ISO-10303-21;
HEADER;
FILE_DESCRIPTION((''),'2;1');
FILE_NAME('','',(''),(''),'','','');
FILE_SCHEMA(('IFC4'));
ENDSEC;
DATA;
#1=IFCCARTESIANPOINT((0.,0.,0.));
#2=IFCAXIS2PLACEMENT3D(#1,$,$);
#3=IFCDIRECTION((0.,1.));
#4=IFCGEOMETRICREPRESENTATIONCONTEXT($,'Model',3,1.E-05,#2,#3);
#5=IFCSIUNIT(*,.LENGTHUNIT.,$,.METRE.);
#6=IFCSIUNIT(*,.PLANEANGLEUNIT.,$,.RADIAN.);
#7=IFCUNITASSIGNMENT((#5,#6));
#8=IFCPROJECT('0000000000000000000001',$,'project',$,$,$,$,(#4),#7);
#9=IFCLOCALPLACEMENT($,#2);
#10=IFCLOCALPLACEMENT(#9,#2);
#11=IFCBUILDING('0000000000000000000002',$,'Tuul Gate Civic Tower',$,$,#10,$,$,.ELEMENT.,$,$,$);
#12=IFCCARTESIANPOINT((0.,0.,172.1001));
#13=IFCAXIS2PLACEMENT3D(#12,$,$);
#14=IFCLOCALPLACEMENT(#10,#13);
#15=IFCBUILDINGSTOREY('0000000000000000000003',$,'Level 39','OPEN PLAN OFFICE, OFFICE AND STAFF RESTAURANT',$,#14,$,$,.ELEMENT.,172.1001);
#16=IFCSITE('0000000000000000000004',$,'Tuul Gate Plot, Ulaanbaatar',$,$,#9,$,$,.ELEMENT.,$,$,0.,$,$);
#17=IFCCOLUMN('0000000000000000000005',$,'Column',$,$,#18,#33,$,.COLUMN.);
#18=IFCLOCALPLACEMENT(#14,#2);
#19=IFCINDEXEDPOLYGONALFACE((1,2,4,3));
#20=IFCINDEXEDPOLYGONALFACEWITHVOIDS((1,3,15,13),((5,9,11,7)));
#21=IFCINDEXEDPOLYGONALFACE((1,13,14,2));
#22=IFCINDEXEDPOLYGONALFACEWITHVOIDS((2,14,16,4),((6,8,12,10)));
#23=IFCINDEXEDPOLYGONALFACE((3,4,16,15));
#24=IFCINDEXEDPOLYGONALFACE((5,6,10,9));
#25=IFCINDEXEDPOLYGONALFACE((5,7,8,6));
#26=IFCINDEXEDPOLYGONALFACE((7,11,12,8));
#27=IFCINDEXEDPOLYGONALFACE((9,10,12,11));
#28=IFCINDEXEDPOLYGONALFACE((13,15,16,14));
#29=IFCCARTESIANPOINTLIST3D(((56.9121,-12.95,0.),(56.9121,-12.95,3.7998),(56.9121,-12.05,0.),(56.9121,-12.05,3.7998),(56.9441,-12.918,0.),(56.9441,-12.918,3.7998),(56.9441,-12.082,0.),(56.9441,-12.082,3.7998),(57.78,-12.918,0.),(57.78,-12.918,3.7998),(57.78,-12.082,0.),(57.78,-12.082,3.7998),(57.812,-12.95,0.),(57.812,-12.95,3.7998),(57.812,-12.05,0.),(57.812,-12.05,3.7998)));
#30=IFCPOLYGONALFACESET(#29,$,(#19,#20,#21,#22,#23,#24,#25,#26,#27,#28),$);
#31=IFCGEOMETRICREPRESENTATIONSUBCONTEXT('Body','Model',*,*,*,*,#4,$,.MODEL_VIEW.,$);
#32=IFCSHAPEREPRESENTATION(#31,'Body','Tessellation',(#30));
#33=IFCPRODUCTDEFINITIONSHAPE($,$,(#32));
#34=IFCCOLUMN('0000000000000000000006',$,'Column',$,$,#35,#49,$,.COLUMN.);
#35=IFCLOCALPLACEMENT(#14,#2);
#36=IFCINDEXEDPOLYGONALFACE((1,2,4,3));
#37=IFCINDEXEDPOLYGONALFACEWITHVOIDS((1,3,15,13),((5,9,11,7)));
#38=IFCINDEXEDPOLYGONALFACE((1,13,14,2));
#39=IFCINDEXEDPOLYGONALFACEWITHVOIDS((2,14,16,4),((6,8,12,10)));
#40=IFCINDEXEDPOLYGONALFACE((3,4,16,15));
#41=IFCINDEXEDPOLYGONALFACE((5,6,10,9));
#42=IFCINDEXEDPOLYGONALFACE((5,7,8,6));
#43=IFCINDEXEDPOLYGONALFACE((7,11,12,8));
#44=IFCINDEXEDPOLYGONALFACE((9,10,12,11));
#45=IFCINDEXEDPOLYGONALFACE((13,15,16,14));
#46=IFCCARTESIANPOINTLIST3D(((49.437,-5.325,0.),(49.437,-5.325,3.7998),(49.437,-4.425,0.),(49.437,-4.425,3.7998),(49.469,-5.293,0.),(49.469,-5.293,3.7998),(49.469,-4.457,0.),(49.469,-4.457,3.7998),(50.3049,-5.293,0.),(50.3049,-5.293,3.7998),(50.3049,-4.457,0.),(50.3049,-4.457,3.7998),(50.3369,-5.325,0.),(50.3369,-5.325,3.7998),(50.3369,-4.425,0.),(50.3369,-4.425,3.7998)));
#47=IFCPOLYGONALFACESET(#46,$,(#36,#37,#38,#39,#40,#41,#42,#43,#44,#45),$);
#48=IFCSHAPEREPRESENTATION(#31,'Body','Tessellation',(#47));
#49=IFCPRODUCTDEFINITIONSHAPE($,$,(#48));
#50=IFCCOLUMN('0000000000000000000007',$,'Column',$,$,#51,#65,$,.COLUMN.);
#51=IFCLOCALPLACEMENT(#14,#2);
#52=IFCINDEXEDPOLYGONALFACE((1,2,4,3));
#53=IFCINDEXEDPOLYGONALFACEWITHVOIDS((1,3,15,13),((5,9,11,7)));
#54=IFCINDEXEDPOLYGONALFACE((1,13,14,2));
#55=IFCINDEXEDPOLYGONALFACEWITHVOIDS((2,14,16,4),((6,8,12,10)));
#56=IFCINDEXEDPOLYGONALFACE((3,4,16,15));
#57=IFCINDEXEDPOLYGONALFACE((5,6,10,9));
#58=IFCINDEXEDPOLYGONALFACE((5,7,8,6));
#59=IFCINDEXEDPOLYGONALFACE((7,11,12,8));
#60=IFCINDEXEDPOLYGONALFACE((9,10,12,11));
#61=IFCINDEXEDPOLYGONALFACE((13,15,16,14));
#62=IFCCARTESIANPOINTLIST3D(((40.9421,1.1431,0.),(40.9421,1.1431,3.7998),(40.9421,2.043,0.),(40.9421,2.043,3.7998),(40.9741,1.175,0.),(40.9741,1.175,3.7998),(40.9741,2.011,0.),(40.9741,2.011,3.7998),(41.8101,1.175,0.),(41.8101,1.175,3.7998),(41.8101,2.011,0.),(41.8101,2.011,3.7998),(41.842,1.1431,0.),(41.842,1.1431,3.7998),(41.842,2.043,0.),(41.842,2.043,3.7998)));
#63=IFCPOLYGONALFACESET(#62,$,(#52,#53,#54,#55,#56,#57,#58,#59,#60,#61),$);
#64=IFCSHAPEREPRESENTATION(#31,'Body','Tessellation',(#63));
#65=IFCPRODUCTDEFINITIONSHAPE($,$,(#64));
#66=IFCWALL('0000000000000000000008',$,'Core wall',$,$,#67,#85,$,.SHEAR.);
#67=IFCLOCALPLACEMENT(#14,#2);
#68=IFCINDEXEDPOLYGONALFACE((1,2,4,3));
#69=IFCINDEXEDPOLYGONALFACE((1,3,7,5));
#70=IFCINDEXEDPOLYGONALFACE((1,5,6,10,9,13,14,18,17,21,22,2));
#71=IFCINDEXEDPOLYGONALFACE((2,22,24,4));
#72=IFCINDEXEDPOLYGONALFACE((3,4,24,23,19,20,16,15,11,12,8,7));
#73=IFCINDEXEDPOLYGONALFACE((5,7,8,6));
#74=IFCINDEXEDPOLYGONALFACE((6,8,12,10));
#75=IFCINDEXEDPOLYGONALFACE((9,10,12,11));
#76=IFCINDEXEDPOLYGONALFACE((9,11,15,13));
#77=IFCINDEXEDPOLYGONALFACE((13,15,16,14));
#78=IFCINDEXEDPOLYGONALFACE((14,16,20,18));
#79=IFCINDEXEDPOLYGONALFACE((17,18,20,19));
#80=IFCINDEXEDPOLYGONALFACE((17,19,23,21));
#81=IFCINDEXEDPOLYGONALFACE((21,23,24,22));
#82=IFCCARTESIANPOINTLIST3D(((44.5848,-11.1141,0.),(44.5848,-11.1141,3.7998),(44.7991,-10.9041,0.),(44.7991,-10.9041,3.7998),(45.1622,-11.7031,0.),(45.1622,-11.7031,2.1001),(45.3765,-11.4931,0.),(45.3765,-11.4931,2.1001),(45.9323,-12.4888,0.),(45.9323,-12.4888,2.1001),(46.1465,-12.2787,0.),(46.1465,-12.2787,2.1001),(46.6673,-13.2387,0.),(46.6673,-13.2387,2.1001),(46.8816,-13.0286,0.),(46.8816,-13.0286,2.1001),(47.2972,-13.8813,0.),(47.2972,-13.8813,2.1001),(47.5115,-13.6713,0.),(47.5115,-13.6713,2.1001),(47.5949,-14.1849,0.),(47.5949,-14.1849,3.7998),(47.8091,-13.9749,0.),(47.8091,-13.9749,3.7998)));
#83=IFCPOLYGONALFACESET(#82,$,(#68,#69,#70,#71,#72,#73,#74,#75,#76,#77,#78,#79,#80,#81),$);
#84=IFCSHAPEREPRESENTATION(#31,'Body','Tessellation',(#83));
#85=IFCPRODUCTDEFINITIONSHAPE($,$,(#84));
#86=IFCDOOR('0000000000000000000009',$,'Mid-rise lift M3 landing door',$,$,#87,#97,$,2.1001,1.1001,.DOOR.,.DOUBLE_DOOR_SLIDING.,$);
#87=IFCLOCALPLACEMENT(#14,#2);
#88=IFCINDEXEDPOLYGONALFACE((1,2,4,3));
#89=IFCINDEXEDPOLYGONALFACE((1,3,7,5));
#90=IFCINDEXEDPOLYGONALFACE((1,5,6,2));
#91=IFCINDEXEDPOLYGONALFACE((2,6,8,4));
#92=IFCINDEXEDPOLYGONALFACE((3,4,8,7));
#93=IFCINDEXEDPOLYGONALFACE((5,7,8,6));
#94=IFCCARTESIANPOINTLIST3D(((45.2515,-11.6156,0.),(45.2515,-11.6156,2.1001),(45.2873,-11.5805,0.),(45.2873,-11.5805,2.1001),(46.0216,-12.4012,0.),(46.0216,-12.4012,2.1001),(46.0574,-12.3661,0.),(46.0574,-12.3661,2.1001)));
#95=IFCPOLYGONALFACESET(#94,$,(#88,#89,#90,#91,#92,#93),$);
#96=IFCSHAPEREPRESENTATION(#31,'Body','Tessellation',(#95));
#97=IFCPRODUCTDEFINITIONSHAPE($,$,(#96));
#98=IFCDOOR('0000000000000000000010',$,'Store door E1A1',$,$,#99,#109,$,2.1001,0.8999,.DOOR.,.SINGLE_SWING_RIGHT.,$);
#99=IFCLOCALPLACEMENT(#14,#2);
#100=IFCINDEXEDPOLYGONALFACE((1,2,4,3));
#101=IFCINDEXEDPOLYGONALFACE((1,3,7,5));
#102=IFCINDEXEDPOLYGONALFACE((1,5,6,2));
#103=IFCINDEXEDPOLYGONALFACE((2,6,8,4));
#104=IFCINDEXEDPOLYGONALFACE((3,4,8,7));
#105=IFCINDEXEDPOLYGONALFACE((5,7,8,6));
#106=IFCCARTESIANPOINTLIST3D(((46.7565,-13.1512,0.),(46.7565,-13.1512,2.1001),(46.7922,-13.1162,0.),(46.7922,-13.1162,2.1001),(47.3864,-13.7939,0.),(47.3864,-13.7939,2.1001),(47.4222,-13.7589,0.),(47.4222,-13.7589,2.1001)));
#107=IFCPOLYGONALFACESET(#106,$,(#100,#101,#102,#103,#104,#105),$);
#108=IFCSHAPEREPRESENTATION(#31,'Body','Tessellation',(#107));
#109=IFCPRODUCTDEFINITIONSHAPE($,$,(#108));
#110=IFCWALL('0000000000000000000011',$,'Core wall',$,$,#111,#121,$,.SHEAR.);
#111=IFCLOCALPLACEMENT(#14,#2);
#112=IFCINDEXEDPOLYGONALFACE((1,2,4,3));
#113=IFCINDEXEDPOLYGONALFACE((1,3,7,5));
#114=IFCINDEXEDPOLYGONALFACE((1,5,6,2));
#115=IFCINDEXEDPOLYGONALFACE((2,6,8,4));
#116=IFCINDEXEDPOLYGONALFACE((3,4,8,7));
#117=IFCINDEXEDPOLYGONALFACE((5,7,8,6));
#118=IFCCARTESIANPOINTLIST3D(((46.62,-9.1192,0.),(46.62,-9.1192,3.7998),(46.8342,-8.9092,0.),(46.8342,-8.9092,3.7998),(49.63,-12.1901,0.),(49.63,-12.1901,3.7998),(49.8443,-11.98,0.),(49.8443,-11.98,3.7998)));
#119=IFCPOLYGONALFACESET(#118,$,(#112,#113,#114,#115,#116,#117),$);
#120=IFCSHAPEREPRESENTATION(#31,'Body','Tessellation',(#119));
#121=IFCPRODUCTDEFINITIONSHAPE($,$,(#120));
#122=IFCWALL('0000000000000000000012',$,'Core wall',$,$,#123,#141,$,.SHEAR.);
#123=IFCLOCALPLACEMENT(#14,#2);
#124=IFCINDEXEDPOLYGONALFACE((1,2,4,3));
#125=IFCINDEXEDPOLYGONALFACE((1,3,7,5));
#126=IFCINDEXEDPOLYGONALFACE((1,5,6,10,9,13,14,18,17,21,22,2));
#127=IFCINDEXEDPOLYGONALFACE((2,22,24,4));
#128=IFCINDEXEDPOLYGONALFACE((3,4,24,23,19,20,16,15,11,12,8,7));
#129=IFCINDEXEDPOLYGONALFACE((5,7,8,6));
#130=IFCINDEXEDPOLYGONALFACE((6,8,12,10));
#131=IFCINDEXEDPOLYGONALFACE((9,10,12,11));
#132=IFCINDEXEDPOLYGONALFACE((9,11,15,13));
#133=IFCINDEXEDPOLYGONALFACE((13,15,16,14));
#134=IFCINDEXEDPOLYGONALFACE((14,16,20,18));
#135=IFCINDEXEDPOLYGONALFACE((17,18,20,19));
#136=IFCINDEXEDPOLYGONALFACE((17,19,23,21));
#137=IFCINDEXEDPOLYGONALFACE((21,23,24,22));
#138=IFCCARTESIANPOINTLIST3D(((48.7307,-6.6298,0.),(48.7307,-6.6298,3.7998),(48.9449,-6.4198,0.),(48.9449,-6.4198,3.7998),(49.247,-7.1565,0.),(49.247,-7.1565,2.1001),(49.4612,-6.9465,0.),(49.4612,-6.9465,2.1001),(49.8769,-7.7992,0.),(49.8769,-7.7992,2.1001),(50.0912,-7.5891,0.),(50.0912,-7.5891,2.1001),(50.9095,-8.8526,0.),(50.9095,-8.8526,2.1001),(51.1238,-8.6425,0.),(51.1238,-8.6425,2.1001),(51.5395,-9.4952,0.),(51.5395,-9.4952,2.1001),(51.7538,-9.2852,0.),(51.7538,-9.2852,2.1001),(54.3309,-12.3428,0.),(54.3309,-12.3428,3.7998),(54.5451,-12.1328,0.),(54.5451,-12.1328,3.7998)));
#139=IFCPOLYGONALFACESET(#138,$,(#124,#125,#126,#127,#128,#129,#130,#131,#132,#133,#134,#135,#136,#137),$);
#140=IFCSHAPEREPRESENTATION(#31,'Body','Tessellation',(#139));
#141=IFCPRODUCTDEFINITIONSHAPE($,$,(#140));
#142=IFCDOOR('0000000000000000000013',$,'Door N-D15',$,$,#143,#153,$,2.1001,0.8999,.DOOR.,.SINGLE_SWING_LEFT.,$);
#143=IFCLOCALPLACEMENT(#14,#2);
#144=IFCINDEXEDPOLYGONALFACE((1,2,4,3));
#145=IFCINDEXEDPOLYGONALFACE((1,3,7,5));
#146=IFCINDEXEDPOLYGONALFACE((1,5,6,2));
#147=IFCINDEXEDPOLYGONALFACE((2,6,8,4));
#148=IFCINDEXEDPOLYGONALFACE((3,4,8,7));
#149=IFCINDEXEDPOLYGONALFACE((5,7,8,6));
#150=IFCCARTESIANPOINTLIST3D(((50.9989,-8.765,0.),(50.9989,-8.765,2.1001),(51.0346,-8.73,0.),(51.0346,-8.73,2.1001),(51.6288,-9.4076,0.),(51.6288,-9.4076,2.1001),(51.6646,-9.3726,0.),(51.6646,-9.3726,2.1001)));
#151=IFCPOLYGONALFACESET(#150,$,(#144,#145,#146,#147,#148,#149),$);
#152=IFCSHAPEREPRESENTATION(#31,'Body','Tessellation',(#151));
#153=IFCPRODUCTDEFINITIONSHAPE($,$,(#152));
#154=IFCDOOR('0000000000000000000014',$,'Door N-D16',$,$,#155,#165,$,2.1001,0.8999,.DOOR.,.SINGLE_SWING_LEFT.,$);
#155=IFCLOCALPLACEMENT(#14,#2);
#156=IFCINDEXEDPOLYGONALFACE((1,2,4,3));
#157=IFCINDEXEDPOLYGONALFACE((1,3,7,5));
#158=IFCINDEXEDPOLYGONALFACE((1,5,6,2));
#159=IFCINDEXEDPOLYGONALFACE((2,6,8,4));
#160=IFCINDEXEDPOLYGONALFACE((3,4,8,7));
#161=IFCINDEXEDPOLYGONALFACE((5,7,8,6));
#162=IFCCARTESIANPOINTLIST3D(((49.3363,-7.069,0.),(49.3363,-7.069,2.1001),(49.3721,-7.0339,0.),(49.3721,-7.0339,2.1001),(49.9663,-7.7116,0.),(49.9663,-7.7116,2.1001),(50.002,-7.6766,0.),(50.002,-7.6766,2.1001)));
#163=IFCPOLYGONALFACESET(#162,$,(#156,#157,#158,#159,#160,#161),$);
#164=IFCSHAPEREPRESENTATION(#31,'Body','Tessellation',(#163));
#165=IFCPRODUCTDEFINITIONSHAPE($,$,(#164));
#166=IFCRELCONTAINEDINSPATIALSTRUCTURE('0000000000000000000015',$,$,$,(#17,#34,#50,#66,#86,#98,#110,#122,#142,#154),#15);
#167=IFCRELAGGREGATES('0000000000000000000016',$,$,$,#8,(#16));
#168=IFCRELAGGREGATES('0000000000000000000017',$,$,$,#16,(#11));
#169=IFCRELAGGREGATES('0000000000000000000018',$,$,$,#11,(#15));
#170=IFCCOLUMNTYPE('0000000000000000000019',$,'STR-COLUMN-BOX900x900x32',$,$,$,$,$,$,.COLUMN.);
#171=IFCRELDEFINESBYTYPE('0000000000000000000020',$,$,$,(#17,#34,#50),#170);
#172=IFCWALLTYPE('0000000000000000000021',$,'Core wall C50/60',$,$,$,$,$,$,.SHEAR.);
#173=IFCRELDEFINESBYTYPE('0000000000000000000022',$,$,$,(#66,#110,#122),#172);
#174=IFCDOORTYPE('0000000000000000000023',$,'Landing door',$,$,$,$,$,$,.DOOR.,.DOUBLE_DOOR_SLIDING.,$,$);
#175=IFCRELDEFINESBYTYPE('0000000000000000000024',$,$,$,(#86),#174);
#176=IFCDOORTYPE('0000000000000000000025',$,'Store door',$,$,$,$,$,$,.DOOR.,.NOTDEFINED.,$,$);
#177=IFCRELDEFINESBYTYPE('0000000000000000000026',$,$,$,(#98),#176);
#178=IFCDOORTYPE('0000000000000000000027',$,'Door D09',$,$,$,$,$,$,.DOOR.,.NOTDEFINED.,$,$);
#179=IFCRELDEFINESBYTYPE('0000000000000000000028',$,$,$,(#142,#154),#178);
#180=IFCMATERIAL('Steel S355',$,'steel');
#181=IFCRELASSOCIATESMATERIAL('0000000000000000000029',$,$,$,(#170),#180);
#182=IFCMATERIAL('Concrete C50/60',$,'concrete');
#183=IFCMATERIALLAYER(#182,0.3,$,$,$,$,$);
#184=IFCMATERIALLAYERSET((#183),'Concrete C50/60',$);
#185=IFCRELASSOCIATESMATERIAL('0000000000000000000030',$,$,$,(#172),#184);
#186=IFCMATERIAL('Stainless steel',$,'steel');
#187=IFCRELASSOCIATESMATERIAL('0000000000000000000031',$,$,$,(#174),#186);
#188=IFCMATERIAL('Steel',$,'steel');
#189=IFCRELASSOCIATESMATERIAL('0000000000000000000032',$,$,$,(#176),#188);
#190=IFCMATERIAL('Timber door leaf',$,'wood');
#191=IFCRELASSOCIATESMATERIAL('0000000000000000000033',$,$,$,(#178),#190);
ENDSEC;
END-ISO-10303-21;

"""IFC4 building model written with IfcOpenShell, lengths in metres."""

from ifc_helpers import new_model, si_unit, direction, frame, frame_2d, origin, origin_2d, place, context, subcontext, project, spatial, rectangle, hollow_rectangle, extrude, material, layer, layer_set, material_profile, profile_set, type_object, element, fill, save


model = new_model("IFC4")

# Units and contexts
model_context = context("Model", 3, precision=1e-05, world=origin(), true_north=direction((0.0, 1.0)))
body_context = subcontext(model_context, "Body", "Model", "MODEL_VIEW")
ifc_project = project(units=[si_unit("LENGTHUNIT", "METRE"), si_unit("PLANEANGLEUNIT", "RADIAN")], contexts=[model_context])

# Site, building, storey
site_placement = place(None, origin())
site = spatial("IfcSite", under=ifc_project, at=site_placement, Name="Tuul Gate Plot, Ulaanbaatar", CompositionType="ELEMENT", RefElevation=0.0)
building_placement = place(site_placement, origin())
building = spatial("IfcBuilding", under=site, at=building_placement, Name="Tuul Gate Civic Tower", CompositionType="ELEMENT")
storey_placement = place(building_placement, frame((0.0, 0.0, 172.1001)))
storey = spatial("IfcBuildingStorey", under=building, at=storey_placement, Name="Level 39", Description="OPEN PLAN OFFICE, OFFICE AND STAFF RESTAURANT", CompositionType="ELEMENT", Elevation=172.1001)

# Columns
ifc_material_1 = material(Name="Steel S355", Category="steel")
ifc_material_profile_1 = material_profile(ifc_material_1, hollow_rectangle(XDim=0.8999, YDim=0.8999, WallThickness=0.032, at=origin_2d()), Name="BOX900x900x32")
ifc_profile_set_1 = profile_set([ifc_material_profile_1], Name="Steel S355")
column_type = type_object("IfcColumnType", Name="STR-COLUMN-BOX900x900x32", PredefinedType="COLUMN", material=ifc_profile_set_1)
for number, where, z_axis, x_axis, name in (
    (1, (57.3621, -12.5, 0.0), (0.0, 0.0, 1.0), (1.0, 0.0, 0.0), "Column"),
    (2, (49.887, -4.875, 0.0), (0.0, 0.0, 1.0), (1.0, 0.0, 0.0), "Column"),
    (3, (41.3921, 1.593, 0.0), (0.0, 0.0, 1.0), (1.0, 0.0, 0.0), "Column"),
):
    element("IfcColumn", number, at=place(storey_placement, frame(where, z_axis=z_axis, x_axis=x_axis)), inside=storey, type_object=column_type, Name=name, PredefinedType="COLUMN", context=body_context, shape_type="SweptSolid", body=[
        extrude(hollow_rectangle(XDim=0.8999, YDim=0.8999, WallThickness=0.032, at=origin_2d()), origin(), (0.0, 0.0, 1.0), 3.7998),
    ])

# Wall, openings, doors
ifc_material_2 = material(Name="Concrete C50/60", Category="concrete")
ifc_layer_1 = layer(ifc_material_2, 0.3)
ifc_layer_set_1 = layer_set([ifc_layer_1], Name="Concrete C50/60")
wall_type_1 = type_object("IfcWallType", Name="Core wall C50/60", PredefinedType="SHEAR", material=ifc_layer_set_1)
wall_1_placement = place(storey_placement, frame((47.7019, -14.0798, 0.0), z_axis=(0.0, 0.0, 1.0), x_axis=(-0.700003, 0.71414, 0.0)))
wall_1 = element("IfcWall", 4, at=wall_1_placement, inside=storey, type_object=wall_type_1, Name="Core wall", PredefinedType="SHEAR", context=body_context, shape_type="SweptSolid", body=[
    extrude(rectangle(XDim=4.3, YDim=0.3, at=frame_2d((2.1499, 0.0))), origin(), (0.0, 0.0, 1.0), 3.7998),
])
opening_1_placement = place(wall_1_placement, frame((0.425, 0.0, 0.0)))
opening_1 = element("IfcOpeningElement", 5, at=opening_1_placement, cuts=wall_1, PredefinedType="OPENING", context=body_context, shape_type="SweptSolid", body=[
    extrude(rectangle(XDim=0.8999, YDim=2.1001, at=frame_2d((0.45, 1.05))), frame((0.0, 0.1602, 0.0), z_axis=(0.0, -1.0, 0.0), x_axis=(1.0, 0.0, 0.0)), (0.0, 0.0, 1.0), 0.3201),
])
opening_2_placement = place(wall_1_placement, frame((2.375, 0.0, 0.0)))
opening_2 = element("IfcOpeningElement", 6, at=opening_2_placement, cuts=wall_1, PredefinedType="OPENING", context=body_context, shape_type="SweptSolid", body=[
    extrude(rectangle(XDim=1.1001, YDim=2.1001, at=frame_2d((0.55, 1.05))), frame((0.0, 0.1602, 0.0), z_axis=(0.0, -1.0, 0.0), x_axis=(1.0, 0.0, 0.0)), (0.0, 0.0, 1.0), 0.3201),
])
ifc_material_3 = material(Name="Stainless steel", Category="steel")
door_type_1 = type_object("IfcDoorType", Name="Landing door", OperationType="DOUBLE_DOOR_SLIDING", PredefinedType="DOOR", material=ifc_material_3)
door_1_placement = place(opening_2_placement, origin())
door_1 = element("IfcDoor", 7, at=door_1_placement, inside=storey, type_object=door_type_1, Name="Mid-rise lift M3 landing door", OperationType="DOUBLE_DOOR_SLIDING", OverallHeight=2.1001, OverallWidth=1.1001, PredefinedType="DOOR", context=body_context, shape_type="SweptSolid", body=[
    extrude(rectangle(XDim=1.1001, YDim=2.1001, at=frame_2d((0.55, 1.05))), frame((0.0, 0.0249, 0.0), z_axis=(0.0, -1.0, 0.0), x_axis=(1.0, 0.0, 0.0)), (0.0, 0.0, 1.0), 0.05),
])
fill(opening_2, door_1)
ifc_material_4 = material(Name="Steel", Category="steel")
door_type_2 = type_object("IfcDoorType", Name="Store door", OperationType="NOTDEFINED", PredefinedType="DOOR", material=ifc_material_4)
door_2_placement = place(opening_1_placement, frame((0.8999, 0.0, 0.0), z_axis=(0.0, 0.0, 1.0), x_axis=(-1.0, 0.0, 0.0)))
door_2 = element("IfcDoor", 8, at=door_2_placement, inside=storey, type_object=door_type_2, Name="Store door E1A1", OperationType="SINGLE_SWING_RIGHT", OverallHeight=2.1001, OverallWidth=0.8999, PredefinedType="DOOR", context=body_context, shape_type="SweptSolid", body=[
    extrude(rectangle(XDim=0.8999, YDim=2.1001, at=frame_2d((0.45, 1.05))), frame((0.0, 0.0249, 0.0), z_axis=(0.0, -1.0, 0.0), x_axis=(1.0, 0.0, 0.0)), (0.0, 0.0, 1.0), 0.05),
])
fill(opening_1, door_2)

# Wall
wall_2_placement = place(storey_placement, frame((49.7371, -12.085, 0.0), z_axis=(0.0, 0.0, 1.0), x_axis=(-0.700003, 0.71414, 0.0)))
element("IfcWall", 9, at=wall_2_placement, inside=storey, type_object=wall_type_1, Name="Core wall", PredefinedType="SHEAR", context=body_context, shape_type="SweptSolid", body=[
    extrude(rectangle(XDim=4.3, YDim=0.3, at=frame_2d((2.1499, 0.0))), origin(), (0.0, 0.0, 1.0), 3.7998),
])

# Wall, openings, doors
wall_3_placement = place(storey_placement, frame((54.438, -12.2378, 0.0), z_axis=(0.0, 0.0, 1.0), x_axis=(-0.700022, 0.714121, 0.0)))
wall_3 = element("IfcWall", 10, at=wall_3_placement, inside=storey, type_object=wall_type_1, Name="Core wall", PredefinedType="SHEAR", context=body_context, shape_type="SweptSolid", body=[
    extrude(rectangle(XDim=8.0, YDim=0.3, at=frame_2d((4.0, 0.0))), origin(), (0.0, 0.0, 1.0), 3.7998),
])
opening_3_placement = place(wall_3_placement, frame((3.9875, 0.0, 0.0)))
opening_3 = element("IfcOpeningElement", 11, at=opening_3_placement, cuts=wall_3, PredefinedType="OPENING", context=body_context, shape_type="SweptSolid", body=[
    extrude(rectangle(XDim=0.8999, YDim=2.1001, at=frame_2d((0.45, 1.05))), frame((0.0, 0.1602, 0.0), z_axis=(0.0, -1.0, 0.0), x_axis=(1.0, 0.0, 0.0)), (0.0, 0.0, 1.0), 0.3201),
])
opening_4_placement = place(wall_3_placement, frame((6.3625, 0.0, 0.0)))
opening_4 = element("IfcOpeningElement", 12, at=opening_4_placement, cuts=wall_3, PredefinedType="OPENING", context=body_context, shape_type="SweptSolid", body=[
    extrude(rectangle(XDim=0.8999, YDim=2.1001, at=frame_2d((0.45, 1.05))), frame((0.0, 0.1602, 0.0), z_axis=(0.0, -1.0, 0.0), x_axis=(1.0, 0.0, 0.0)), (0.0, 0.0, 1.0), 0.3201),
])
ifc_material_5 = material(Name="Timber door leaf", Category="wood")
door_type_3 = type_object("IfcDoorType", Name="Door D09", OperationType="NOTDEFINED", PredefinedType="DOOR", material=ifc_material_5)
door_3_placement = place(opening_3_placement, origin())
door_3 = element("IfcDoor", 13, at=door_3_placement, inside=storey, type_object=door_type_3, Name="Door N-D15", OperationType="SINGLE_SWING_LEFT", OverallHeight=2.1001, OverallWidth=0.8999, PredefinedType="DOOR", context=body_context, shape_type="SweptSolid", body=[
    extrude(rectangle(XDim=0.8999, YDim=2.1001, at=frame_2d((0.45, 1.05))), frame((0.0, 0.0249, 0.0), z_axis=(0.0, -1.0, 0.0), x_axis=(1.0, 0.0, 0.0)), (0.0, 0.0, 1.0), 0.05),
])
fill(opening_3, door_3)
door_4_placement = place(opening_4_placement, origin())
door_4 = element("IfcDoor", 14, at=door_4_placement, inside=storey, type_object=door_type_3, Name="Door N-D16", OperationType="SINGLE_SWING_LEFT", OverallHeight=2.1001, OverallWidth=0.8999, PredefinedType="DOOR", context=body_context, shape_type="SweptSolid", body=[
    extrude(rectangle(XDim=0.8999, YDim=2.1001, at=frame_2d((0.45, 1.05))), frame((0.0, 0.0249, 0.0), z_axis=(0.0, -1.0, 0.0), x_axis=(1.0, 0.0, 0.0)), (0.0, 0.0, 1.0), 0.05),
])
fill(opening_4, door_4)

save(model, "model.ifc")
